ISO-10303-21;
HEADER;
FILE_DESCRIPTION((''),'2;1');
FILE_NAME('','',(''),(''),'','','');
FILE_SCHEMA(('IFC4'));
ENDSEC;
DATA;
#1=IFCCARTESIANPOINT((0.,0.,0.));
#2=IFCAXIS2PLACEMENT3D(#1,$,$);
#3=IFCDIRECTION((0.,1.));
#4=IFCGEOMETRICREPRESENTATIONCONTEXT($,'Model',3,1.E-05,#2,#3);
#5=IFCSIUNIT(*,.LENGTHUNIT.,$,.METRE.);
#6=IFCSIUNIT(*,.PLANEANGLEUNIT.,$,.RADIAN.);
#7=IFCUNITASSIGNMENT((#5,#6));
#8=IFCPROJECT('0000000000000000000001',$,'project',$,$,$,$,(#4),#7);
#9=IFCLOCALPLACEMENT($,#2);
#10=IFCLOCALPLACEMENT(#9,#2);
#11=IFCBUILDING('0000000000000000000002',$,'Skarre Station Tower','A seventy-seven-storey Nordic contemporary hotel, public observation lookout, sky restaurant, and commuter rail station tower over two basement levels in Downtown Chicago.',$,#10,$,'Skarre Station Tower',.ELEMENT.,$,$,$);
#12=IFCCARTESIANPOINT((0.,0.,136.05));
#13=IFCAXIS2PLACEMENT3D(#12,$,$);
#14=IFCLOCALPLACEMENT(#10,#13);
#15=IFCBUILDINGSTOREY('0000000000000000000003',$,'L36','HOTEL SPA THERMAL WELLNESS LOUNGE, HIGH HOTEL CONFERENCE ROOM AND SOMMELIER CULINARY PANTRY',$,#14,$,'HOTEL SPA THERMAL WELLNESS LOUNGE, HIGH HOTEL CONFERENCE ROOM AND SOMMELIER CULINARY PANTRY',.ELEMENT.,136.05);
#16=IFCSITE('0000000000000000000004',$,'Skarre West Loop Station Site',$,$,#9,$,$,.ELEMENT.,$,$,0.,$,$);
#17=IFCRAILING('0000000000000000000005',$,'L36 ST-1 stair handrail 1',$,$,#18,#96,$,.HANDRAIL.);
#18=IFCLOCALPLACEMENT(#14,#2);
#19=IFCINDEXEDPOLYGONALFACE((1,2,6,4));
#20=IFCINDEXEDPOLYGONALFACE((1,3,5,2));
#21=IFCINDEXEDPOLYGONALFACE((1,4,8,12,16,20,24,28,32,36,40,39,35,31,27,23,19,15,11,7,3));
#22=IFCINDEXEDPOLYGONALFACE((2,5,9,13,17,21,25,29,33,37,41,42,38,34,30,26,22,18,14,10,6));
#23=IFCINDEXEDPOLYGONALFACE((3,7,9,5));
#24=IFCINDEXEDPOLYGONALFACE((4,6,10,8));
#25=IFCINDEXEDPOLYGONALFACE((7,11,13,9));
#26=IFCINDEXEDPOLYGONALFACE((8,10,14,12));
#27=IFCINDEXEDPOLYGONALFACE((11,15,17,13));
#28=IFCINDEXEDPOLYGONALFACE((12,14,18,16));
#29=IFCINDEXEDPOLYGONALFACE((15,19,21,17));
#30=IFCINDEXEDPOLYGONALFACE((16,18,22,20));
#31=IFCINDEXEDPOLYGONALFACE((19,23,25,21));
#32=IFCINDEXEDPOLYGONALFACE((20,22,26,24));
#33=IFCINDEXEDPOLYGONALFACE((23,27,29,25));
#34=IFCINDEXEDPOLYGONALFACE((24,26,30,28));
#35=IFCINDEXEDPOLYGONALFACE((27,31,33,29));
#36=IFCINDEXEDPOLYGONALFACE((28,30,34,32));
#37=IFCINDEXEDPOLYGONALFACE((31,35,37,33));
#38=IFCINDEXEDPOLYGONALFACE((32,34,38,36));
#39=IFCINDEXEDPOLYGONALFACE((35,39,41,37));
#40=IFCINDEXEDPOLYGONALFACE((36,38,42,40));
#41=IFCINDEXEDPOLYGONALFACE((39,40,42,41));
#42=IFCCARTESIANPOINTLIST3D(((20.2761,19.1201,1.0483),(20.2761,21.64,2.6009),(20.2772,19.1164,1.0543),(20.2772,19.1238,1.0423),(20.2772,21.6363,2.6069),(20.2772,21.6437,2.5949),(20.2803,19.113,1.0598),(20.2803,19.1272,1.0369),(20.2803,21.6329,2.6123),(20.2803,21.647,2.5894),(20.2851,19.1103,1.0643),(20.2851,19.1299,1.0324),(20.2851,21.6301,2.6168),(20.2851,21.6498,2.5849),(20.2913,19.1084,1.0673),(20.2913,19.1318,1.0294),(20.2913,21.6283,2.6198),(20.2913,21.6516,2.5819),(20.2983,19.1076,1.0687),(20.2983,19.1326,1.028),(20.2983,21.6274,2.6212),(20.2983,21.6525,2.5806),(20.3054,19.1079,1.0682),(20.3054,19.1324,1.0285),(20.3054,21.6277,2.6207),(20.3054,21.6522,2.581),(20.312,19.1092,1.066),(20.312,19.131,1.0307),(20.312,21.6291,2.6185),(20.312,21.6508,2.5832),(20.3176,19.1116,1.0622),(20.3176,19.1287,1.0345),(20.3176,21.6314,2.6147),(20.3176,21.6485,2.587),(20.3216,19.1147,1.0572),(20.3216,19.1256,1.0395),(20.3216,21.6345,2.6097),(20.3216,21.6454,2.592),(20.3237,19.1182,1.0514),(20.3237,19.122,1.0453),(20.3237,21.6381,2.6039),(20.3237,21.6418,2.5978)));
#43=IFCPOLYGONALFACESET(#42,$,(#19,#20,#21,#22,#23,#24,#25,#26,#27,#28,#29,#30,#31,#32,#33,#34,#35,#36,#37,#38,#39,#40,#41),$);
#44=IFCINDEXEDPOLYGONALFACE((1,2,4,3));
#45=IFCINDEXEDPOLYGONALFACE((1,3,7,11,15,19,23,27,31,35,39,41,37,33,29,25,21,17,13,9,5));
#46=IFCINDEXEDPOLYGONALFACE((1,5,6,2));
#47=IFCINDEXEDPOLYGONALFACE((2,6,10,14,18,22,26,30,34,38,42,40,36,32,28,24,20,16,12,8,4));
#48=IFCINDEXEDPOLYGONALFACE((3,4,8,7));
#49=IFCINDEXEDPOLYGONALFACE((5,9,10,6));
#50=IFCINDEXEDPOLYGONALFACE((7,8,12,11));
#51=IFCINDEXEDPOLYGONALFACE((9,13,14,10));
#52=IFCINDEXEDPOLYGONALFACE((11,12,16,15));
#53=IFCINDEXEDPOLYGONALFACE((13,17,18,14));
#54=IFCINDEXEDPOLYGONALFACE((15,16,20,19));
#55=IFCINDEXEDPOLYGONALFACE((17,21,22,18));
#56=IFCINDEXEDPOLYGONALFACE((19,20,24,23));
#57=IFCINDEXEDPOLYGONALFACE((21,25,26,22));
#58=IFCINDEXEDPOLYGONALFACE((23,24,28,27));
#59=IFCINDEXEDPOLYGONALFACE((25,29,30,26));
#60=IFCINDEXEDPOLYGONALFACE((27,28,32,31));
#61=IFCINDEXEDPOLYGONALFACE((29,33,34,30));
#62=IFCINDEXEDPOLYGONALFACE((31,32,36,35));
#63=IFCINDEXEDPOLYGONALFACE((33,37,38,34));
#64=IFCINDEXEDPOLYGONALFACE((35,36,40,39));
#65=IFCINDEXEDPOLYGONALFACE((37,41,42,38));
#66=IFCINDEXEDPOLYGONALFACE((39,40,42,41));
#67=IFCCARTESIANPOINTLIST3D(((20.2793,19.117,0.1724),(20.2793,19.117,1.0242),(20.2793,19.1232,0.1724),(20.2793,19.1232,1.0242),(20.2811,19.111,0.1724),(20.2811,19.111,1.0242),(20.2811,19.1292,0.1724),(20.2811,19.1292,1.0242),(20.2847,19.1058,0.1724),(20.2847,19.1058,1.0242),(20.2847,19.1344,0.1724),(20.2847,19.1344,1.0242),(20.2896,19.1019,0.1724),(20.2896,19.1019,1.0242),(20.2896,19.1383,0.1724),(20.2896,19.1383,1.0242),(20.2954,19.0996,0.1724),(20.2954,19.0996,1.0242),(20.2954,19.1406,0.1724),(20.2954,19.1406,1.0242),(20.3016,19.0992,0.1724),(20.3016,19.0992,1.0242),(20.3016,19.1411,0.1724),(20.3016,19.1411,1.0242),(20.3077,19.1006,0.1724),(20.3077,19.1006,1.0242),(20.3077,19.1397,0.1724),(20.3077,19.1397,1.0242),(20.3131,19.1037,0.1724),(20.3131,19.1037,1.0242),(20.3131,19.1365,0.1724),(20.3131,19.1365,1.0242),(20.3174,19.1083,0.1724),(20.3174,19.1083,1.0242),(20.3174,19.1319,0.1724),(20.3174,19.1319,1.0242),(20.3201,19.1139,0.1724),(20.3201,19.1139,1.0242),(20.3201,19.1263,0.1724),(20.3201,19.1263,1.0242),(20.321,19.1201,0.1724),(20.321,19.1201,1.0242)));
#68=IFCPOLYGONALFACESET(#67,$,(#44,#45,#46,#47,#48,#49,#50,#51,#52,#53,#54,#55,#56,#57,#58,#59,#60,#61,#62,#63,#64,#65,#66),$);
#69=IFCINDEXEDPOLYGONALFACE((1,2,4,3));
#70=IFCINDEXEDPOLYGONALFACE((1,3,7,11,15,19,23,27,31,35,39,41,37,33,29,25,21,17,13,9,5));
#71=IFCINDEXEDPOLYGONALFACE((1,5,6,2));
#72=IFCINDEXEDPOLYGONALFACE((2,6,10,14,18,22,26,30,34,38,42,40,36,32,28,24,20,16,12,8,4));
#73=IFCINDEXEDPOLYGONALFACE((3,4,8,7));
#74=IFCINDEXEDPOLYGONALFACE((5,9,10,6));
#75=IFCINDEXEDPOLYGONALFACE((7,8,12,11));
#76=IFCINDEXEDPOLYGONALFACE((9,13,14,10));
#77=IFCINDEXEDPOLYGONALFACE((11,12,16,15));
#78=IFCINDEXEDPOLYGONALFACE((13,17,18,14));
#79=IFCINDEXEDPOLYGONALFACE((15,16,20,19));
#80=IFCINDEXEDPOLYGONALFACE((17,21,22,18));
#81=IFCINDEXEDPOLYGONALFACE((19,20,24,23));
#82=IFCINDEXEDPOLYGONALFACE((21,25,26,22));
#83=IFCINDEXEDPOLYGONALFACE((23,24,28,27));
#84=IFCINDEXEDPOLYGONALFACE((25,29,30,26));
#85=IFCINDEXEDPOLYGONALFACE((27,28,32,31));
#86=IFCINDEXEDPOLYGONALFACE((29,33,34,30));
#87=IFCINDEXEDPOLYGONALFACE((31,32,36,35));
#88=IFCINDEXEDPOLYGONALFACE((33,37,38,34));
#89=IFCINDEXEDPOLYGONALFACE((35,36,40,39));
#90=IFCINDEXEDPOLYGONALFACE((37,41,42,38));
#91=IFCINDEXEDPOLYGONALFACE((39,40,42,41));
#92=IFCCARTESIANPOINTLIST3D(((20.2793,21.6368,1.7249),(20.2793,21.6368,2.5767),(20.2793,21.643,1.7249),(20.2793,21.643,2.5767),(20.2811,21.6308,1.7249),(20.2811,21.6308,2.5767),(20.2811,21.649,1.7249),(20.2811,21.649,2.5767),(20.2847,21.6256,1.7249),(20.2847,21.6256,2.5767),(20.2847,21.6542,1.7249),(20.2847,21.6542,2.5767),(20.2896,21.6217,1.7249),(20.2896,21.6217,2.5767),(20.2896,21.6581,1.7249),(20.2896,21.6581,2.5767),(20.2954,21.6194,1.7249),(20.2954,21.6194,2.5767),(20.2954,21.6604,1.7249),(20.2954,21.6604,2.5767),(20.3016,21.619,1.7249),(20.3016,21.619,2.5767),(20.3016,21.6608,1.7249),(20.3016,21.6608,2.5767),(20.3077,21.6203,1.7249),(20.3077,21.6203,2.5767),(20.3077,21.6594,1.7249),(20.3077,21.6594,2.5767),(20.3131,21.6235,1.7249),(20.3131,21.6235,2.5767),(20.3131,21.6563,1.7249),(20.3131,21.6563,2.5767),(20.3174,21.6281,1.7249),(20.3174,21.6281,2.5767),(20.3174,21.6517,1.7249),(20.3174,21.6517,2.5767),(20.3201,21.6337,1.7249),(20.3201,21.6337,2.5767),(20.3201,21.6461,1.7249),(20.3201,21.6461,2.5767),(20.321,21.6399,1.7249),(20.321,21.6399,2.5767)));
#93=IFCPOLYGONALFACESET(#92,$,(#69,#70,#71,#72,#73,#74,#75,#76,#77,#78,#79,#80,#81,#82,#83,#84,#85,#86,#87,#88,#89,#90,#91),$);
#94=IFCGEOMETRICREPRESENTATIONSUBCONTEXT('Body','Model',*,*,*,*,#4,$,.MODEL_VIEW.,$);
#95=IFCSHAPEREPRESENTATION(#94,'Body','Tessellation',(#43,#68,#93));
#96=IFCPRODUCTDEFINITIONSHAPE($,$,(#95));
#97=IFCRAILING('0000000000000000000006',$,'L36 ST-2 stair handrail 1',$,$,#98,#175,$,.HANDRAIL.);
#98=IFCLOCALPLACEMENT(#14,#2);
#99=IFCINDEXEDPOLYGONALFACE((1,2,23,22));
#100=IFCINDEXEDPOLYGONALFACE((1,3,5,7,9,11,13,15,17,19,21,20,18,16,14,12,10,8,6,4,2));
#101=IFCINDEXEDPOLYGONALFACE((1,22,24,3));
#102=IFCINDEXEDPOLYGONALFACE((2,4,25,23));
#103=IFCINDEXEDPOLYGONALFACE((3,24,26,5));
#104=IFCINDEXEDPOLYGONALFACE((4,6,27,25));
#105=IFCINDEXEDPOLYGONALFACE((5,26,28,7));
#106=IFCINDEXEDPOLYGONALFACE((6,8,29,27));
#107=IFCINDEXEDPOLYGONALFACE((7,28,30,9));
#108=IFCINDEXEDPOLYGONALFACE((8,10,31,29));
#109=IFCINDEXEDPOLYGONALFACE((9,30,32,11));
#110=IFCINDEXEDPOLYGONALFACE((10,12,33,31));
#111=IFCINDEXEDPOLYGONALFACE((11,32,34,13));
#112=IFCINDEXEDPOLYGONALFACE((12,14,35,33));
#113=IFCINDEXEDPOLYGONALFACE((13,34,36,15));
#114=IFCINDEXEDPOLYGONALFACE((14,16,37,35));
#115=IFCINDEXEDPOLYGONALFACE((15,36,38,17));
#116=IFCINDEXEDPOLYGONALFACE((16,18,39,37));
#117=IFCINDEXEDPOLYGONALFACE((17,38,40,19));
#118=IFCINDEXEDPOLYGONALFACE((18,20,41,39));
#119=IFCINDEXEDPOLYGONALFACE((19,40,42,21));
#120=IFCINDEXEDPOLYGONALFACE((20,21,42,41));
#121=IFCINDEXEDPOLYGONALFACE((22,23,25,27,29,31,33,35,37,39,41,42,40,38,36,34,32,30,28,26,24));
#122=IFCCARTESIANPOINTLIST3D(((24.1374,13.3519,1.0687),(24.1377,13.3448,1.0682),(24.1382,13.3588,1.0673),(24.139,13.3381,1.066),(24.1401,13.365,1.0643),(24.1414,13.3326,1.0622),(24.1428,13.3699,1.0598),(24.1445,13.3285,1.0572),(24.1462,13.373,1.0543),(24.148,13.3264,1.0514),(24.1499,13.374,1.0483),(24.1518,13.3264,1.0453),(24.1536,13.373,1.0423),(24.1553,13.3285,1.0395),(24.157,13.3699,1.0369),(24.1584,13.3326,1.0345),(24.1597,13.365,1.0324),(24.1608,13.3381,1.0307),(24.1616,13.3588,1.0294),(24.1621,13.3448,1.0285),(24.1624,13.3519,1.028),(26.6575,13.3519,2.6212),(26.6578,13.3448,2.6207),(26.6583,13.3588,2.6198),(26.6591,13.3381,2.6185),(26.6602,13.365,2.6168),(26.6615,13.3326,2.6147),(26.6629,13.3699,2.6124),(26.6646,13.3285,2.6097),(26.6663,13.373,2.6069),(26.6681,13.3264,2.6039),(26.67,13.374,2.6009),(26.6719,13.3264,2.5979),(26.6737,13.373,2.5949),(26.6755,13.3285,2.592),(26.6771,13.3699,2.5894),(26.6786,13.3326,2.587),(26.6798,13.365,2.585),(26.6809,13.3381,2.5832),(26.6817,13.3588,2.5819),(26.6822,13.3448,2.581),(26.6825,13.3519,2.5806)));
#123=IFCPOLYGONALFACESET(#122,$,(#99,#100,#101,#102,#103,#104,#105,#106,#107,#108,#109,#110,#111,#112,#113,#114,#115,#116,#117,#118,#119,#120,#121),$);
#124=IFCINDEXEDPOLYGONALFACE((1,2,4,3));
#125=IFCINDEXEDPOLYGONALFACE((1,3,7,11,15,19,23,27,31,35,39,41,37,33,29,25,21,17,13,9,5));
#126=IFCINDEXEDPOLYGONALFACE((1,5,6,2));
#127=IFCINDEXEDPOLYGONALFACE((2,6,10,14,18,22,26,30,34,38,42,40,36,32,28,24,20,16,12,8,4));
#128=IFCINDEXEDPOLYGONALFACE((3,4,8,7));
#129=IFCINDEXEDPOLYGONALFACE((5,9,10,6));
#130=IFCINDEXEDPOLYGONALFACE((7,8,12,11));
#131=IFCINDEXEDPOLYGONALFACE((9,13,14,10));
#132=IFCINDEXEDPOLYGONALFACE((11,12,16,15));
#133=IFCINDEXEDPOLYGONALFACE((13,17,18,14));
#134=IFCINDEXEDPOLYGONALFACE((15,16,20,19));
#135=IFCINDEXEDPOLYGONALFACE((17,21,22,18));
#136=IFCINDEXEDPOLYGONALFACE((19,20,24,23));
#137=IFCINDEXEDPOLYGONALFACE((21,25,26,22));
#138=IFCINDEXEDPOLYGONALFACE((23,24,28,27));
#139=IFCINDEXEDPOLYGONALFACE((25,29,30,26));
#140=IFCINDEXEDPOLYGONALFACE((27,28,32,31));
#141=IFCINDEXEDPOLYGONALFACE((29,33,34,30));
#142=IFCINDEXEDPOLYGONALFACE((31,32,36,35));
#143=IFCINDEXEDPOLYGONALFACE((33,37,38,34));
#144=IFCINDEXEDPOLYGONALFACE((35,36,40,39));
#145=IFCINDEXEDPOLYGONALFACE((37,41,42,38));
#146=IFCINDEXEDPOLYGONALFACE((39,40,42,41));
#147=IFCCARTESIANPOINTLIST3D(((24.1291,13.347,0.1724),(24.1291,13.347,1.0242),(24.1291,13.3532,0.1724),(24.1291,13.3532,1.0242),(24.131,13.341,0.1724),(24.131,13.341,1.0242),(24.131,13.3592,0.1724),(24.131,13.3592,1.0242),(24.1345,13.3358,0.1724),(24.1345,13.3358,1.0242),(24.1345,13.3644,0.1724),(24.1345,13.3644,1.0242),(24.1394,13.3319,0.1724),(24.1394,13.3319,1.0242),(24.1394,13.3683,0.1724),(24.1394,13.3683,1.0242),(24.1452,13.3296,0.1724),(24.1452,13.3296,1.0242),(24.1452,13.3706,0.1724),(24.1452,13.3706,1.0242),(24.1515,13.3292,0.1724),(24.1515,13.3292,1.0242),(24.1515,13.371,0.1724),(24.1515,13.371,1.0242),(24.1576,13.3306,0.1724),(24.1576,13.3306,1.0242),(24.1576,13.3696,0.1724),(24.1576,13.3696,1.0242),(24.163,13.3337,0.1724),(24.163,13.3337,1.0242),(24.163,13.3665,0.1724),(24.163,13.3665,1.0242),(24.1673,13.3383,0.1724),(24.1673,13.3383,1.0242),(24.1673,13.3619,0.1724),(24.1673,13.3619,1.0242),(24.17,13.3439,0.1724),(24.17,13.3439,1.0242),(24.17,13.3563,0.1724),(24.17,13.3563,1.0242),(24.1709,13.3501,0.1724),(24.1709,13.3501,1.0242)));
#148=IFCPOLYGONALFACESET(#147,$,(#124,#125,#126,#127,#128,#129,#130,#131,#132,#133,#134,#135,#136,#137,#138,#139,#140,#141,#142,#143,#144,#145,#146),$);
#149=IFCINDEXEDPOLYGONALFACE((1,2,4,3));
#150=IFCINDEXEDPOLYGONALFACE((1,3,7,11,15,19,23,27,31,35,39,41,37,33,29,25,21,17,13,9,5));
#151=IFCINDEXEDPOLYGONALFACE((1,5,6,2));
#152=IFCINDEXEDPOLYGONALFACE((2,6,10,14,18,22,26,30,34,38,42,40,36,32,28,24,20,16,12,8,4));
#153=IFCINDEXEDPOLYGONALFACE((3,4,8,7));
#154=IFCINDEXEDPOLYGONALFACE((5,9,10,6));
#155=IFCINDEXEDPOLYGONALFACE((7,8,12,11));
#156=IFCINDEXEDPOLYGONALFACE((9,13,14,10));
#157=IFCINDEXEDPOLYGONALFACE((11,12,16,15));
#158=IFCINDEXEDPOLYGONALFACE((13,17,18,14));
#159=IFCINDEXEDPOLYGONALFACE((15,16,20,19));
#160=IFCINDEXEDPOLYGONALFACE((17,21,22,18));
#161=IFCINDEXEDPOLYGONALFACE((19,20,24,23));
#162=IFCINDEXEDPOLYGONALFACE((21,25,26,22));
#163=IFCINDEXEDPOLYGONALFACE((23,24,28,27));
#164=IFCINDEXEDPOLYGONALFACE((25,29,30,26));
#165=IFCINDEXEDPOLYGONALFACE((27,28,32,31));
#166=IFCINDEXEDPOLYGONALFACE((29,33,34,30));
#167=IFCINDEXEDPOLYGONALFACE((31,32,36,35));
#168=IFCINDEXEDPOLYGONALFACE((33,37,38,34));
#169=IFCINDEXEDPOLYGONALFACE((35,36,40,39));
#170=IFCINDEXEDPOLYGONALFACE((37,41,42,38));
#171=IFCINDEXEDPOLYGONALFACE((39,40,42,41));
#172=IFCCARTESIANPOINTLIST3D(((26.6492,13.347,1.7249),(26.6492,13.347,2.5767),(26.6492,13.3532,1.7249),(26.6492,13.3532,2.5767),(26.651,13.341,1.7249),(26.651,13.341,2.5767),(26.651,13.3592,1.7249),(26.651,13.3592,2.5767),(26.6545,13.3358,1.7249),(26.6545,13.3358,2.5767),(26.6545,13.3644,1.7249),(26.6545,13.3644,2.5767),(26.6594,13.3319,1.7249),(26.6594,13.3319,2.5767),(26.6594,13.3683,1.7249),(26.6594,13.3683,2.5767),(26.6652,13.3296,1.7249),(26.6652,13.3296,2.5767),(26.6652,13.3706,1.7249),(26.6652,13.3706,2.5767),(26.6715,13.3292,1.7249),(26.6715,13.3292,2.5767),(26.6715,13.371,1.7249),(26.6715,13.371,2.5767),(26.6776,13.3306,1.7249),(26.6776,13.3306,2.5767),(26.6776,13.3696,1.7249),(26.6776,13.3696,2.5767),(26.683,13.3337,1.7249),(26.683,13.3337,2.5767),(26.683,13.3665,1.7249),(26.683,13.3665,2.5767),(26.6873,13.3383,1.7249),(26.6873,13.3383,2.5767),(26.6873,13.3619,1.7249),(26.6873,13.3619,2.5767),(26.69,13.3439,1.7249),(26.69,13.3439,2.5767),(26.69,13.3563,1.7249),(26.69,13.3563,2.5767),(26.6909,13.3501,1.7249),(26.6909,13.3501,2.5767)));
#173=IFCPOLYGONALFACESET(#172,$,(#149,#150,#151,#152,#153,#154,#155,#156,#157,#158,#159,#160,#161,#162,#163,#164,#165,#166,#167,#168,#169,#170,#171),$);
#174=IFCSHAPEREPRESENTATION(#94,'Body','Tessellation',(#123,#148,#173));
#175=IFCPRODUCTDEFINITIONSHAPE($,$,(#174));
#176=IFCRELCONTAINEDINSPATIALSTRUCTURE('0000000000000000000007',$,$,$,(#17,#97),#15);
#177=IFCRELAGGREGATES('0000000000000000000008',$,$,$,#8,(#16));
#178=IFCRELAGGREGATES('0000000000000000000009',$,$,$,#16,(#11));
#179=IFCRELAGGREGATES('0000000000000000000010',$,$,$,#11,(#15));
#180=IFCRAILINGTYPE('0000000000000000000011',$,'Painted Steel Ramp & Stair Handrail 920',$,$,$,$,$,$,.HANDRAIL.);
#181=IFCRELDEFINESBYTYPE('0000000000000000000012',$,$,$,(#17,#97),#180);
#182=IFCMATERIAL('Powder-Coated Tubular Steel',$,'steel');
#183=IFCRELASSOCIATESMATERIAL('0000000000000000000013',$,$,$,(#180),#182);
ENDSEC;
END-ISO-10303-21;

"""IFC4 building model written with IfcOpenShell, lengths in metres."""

from ifc_helpers import new_model, si_unit, direction, frame, origin, origin_2d, place, context, subcontext, project, spatial, circle, extrude, material, type_object, element, save


model = new_model("IFC4")

# Units and contexts
model_context = context("Model", 3, precision=1e-05, world=origin(), true_north=direction((0.0, 1.0)))
body_context = subcontext(model_context, "Body", "Model", "MODEL_VIEW")
ifc_project = project(units=[si_unit("LENGTHUNIT", "METRE"), si_unit("PLANEANGLEUNIT", "RADIAN")], contexts=[model_context])

# Site, building, storey
site_placement = place(None, origin())
site = spatial("IfcSite", under=ifc_project, at=site_placement, Name="Skarre West Loop Station Site", CompositionType="ELEMENT", RefElevation=0.0)
building_placement = place(site_placement, origin())
building = spatial("IfcBuilding", under=site, at=building_placement, Name="Skarre Station Tower", Description="A seventy-seven-storey Nordic contemporary hotel, public observation lookout, sky restaurant, and commuter rail station tower over two basement levels in Downtown Chicago.", LongName="Skarre Station Tower", CompositionType="ELEMENT")
storey_placement = place(building_placement, frame((0.0, 0.0, 136.05)))
storey = spatial("IfcBuildingStorey", under=building, at=storey_placement, Name="L36", Description="HOTEL SPA THERMAL WELLNESS LOUNGE, HIGH HOTEL CONFERENCE ROOM AND SOMMELIER CULINARY PANTRY", LongName="HOTEL SPA THERMAL WELLNESS LOUNGE, HIGH HOTEL CONFERENCE ROOM AND SOMMELIER CULINARY PANTRY", CompositionType="ELEMENT", Elevation=136.05)

# Railings
ifc_material_1 = material(Name="Powder-Coated Tubular Steel", Category="steel")
railing_type_1 = type_object("IfcRailingType", Name="Painted Steel Ramp & Stair Handrail 920", PredefinedType="HANDRAIL", material=ifc_material_1)
railing_1_placement = place(storey_placement, frame((20.3, 19.1201, 0.1724)))
element("IfcRailing", 1, at=railing_1_placement, inside=storey, type_object=railing_type_1, Name="L36 ST-1 stair handrail 1", PredefinedType="HANDRAIL", context=body_context, shape_type="SweptSolid", body=[
    extrude(circle(Radius=0.0239, at=origin_2d()), frame((0.0, 0.0, 0.876), z_axis=(0.0, 0.851378, 0.524553), x_axis=(-1.0, 0.0, 0.0)), (0.0, 0.0, 1.0), 2.9597),
    extrude(circle(Radius=0.021, at=origin_2d()), origin(), (0.0, 0.0, 1.0), 0.8518),
    extrude(circle(Radius=0.021, at=origin_2d()), frame((0.0, 2.5198, 1.5525)), (0.0, 0.0, 1.0), 0.8518),
])
railing_2_placement = place(storey_placement, frame((24.1499, 13.3501, 0.1724)))
element("IfcRailing", 2, at=railing_2_placement, inside=storey, type_object=railing_type_1, Name="L36 ST-2 stair handrail 1", PredefinedType="HANDRAIL", context=body_context, shape_type="SweptSolid", body=[
    extrude(circle(Radius=0.0239, at=origin_2d()), frame((0.0, 0.0, 0.876), z_axis=(0.8514, 0.0, 0.524516), x_axis=(0.0, 1.0, 0.0)), (0.0, 0.0, 1.0), 2.96),
    extrude(circle(Radius=0.021, at=origin_2d()), origin(), (0.0, 0.0, 1.0), 0.8518),
    extrude(circle(Radius=0.021, at=origin_2d()), frame((2.52, 0.0, 1.5525)), (0.0, 0.0, 1.0), 0.8518),
])

save(model, "model.ifc")
